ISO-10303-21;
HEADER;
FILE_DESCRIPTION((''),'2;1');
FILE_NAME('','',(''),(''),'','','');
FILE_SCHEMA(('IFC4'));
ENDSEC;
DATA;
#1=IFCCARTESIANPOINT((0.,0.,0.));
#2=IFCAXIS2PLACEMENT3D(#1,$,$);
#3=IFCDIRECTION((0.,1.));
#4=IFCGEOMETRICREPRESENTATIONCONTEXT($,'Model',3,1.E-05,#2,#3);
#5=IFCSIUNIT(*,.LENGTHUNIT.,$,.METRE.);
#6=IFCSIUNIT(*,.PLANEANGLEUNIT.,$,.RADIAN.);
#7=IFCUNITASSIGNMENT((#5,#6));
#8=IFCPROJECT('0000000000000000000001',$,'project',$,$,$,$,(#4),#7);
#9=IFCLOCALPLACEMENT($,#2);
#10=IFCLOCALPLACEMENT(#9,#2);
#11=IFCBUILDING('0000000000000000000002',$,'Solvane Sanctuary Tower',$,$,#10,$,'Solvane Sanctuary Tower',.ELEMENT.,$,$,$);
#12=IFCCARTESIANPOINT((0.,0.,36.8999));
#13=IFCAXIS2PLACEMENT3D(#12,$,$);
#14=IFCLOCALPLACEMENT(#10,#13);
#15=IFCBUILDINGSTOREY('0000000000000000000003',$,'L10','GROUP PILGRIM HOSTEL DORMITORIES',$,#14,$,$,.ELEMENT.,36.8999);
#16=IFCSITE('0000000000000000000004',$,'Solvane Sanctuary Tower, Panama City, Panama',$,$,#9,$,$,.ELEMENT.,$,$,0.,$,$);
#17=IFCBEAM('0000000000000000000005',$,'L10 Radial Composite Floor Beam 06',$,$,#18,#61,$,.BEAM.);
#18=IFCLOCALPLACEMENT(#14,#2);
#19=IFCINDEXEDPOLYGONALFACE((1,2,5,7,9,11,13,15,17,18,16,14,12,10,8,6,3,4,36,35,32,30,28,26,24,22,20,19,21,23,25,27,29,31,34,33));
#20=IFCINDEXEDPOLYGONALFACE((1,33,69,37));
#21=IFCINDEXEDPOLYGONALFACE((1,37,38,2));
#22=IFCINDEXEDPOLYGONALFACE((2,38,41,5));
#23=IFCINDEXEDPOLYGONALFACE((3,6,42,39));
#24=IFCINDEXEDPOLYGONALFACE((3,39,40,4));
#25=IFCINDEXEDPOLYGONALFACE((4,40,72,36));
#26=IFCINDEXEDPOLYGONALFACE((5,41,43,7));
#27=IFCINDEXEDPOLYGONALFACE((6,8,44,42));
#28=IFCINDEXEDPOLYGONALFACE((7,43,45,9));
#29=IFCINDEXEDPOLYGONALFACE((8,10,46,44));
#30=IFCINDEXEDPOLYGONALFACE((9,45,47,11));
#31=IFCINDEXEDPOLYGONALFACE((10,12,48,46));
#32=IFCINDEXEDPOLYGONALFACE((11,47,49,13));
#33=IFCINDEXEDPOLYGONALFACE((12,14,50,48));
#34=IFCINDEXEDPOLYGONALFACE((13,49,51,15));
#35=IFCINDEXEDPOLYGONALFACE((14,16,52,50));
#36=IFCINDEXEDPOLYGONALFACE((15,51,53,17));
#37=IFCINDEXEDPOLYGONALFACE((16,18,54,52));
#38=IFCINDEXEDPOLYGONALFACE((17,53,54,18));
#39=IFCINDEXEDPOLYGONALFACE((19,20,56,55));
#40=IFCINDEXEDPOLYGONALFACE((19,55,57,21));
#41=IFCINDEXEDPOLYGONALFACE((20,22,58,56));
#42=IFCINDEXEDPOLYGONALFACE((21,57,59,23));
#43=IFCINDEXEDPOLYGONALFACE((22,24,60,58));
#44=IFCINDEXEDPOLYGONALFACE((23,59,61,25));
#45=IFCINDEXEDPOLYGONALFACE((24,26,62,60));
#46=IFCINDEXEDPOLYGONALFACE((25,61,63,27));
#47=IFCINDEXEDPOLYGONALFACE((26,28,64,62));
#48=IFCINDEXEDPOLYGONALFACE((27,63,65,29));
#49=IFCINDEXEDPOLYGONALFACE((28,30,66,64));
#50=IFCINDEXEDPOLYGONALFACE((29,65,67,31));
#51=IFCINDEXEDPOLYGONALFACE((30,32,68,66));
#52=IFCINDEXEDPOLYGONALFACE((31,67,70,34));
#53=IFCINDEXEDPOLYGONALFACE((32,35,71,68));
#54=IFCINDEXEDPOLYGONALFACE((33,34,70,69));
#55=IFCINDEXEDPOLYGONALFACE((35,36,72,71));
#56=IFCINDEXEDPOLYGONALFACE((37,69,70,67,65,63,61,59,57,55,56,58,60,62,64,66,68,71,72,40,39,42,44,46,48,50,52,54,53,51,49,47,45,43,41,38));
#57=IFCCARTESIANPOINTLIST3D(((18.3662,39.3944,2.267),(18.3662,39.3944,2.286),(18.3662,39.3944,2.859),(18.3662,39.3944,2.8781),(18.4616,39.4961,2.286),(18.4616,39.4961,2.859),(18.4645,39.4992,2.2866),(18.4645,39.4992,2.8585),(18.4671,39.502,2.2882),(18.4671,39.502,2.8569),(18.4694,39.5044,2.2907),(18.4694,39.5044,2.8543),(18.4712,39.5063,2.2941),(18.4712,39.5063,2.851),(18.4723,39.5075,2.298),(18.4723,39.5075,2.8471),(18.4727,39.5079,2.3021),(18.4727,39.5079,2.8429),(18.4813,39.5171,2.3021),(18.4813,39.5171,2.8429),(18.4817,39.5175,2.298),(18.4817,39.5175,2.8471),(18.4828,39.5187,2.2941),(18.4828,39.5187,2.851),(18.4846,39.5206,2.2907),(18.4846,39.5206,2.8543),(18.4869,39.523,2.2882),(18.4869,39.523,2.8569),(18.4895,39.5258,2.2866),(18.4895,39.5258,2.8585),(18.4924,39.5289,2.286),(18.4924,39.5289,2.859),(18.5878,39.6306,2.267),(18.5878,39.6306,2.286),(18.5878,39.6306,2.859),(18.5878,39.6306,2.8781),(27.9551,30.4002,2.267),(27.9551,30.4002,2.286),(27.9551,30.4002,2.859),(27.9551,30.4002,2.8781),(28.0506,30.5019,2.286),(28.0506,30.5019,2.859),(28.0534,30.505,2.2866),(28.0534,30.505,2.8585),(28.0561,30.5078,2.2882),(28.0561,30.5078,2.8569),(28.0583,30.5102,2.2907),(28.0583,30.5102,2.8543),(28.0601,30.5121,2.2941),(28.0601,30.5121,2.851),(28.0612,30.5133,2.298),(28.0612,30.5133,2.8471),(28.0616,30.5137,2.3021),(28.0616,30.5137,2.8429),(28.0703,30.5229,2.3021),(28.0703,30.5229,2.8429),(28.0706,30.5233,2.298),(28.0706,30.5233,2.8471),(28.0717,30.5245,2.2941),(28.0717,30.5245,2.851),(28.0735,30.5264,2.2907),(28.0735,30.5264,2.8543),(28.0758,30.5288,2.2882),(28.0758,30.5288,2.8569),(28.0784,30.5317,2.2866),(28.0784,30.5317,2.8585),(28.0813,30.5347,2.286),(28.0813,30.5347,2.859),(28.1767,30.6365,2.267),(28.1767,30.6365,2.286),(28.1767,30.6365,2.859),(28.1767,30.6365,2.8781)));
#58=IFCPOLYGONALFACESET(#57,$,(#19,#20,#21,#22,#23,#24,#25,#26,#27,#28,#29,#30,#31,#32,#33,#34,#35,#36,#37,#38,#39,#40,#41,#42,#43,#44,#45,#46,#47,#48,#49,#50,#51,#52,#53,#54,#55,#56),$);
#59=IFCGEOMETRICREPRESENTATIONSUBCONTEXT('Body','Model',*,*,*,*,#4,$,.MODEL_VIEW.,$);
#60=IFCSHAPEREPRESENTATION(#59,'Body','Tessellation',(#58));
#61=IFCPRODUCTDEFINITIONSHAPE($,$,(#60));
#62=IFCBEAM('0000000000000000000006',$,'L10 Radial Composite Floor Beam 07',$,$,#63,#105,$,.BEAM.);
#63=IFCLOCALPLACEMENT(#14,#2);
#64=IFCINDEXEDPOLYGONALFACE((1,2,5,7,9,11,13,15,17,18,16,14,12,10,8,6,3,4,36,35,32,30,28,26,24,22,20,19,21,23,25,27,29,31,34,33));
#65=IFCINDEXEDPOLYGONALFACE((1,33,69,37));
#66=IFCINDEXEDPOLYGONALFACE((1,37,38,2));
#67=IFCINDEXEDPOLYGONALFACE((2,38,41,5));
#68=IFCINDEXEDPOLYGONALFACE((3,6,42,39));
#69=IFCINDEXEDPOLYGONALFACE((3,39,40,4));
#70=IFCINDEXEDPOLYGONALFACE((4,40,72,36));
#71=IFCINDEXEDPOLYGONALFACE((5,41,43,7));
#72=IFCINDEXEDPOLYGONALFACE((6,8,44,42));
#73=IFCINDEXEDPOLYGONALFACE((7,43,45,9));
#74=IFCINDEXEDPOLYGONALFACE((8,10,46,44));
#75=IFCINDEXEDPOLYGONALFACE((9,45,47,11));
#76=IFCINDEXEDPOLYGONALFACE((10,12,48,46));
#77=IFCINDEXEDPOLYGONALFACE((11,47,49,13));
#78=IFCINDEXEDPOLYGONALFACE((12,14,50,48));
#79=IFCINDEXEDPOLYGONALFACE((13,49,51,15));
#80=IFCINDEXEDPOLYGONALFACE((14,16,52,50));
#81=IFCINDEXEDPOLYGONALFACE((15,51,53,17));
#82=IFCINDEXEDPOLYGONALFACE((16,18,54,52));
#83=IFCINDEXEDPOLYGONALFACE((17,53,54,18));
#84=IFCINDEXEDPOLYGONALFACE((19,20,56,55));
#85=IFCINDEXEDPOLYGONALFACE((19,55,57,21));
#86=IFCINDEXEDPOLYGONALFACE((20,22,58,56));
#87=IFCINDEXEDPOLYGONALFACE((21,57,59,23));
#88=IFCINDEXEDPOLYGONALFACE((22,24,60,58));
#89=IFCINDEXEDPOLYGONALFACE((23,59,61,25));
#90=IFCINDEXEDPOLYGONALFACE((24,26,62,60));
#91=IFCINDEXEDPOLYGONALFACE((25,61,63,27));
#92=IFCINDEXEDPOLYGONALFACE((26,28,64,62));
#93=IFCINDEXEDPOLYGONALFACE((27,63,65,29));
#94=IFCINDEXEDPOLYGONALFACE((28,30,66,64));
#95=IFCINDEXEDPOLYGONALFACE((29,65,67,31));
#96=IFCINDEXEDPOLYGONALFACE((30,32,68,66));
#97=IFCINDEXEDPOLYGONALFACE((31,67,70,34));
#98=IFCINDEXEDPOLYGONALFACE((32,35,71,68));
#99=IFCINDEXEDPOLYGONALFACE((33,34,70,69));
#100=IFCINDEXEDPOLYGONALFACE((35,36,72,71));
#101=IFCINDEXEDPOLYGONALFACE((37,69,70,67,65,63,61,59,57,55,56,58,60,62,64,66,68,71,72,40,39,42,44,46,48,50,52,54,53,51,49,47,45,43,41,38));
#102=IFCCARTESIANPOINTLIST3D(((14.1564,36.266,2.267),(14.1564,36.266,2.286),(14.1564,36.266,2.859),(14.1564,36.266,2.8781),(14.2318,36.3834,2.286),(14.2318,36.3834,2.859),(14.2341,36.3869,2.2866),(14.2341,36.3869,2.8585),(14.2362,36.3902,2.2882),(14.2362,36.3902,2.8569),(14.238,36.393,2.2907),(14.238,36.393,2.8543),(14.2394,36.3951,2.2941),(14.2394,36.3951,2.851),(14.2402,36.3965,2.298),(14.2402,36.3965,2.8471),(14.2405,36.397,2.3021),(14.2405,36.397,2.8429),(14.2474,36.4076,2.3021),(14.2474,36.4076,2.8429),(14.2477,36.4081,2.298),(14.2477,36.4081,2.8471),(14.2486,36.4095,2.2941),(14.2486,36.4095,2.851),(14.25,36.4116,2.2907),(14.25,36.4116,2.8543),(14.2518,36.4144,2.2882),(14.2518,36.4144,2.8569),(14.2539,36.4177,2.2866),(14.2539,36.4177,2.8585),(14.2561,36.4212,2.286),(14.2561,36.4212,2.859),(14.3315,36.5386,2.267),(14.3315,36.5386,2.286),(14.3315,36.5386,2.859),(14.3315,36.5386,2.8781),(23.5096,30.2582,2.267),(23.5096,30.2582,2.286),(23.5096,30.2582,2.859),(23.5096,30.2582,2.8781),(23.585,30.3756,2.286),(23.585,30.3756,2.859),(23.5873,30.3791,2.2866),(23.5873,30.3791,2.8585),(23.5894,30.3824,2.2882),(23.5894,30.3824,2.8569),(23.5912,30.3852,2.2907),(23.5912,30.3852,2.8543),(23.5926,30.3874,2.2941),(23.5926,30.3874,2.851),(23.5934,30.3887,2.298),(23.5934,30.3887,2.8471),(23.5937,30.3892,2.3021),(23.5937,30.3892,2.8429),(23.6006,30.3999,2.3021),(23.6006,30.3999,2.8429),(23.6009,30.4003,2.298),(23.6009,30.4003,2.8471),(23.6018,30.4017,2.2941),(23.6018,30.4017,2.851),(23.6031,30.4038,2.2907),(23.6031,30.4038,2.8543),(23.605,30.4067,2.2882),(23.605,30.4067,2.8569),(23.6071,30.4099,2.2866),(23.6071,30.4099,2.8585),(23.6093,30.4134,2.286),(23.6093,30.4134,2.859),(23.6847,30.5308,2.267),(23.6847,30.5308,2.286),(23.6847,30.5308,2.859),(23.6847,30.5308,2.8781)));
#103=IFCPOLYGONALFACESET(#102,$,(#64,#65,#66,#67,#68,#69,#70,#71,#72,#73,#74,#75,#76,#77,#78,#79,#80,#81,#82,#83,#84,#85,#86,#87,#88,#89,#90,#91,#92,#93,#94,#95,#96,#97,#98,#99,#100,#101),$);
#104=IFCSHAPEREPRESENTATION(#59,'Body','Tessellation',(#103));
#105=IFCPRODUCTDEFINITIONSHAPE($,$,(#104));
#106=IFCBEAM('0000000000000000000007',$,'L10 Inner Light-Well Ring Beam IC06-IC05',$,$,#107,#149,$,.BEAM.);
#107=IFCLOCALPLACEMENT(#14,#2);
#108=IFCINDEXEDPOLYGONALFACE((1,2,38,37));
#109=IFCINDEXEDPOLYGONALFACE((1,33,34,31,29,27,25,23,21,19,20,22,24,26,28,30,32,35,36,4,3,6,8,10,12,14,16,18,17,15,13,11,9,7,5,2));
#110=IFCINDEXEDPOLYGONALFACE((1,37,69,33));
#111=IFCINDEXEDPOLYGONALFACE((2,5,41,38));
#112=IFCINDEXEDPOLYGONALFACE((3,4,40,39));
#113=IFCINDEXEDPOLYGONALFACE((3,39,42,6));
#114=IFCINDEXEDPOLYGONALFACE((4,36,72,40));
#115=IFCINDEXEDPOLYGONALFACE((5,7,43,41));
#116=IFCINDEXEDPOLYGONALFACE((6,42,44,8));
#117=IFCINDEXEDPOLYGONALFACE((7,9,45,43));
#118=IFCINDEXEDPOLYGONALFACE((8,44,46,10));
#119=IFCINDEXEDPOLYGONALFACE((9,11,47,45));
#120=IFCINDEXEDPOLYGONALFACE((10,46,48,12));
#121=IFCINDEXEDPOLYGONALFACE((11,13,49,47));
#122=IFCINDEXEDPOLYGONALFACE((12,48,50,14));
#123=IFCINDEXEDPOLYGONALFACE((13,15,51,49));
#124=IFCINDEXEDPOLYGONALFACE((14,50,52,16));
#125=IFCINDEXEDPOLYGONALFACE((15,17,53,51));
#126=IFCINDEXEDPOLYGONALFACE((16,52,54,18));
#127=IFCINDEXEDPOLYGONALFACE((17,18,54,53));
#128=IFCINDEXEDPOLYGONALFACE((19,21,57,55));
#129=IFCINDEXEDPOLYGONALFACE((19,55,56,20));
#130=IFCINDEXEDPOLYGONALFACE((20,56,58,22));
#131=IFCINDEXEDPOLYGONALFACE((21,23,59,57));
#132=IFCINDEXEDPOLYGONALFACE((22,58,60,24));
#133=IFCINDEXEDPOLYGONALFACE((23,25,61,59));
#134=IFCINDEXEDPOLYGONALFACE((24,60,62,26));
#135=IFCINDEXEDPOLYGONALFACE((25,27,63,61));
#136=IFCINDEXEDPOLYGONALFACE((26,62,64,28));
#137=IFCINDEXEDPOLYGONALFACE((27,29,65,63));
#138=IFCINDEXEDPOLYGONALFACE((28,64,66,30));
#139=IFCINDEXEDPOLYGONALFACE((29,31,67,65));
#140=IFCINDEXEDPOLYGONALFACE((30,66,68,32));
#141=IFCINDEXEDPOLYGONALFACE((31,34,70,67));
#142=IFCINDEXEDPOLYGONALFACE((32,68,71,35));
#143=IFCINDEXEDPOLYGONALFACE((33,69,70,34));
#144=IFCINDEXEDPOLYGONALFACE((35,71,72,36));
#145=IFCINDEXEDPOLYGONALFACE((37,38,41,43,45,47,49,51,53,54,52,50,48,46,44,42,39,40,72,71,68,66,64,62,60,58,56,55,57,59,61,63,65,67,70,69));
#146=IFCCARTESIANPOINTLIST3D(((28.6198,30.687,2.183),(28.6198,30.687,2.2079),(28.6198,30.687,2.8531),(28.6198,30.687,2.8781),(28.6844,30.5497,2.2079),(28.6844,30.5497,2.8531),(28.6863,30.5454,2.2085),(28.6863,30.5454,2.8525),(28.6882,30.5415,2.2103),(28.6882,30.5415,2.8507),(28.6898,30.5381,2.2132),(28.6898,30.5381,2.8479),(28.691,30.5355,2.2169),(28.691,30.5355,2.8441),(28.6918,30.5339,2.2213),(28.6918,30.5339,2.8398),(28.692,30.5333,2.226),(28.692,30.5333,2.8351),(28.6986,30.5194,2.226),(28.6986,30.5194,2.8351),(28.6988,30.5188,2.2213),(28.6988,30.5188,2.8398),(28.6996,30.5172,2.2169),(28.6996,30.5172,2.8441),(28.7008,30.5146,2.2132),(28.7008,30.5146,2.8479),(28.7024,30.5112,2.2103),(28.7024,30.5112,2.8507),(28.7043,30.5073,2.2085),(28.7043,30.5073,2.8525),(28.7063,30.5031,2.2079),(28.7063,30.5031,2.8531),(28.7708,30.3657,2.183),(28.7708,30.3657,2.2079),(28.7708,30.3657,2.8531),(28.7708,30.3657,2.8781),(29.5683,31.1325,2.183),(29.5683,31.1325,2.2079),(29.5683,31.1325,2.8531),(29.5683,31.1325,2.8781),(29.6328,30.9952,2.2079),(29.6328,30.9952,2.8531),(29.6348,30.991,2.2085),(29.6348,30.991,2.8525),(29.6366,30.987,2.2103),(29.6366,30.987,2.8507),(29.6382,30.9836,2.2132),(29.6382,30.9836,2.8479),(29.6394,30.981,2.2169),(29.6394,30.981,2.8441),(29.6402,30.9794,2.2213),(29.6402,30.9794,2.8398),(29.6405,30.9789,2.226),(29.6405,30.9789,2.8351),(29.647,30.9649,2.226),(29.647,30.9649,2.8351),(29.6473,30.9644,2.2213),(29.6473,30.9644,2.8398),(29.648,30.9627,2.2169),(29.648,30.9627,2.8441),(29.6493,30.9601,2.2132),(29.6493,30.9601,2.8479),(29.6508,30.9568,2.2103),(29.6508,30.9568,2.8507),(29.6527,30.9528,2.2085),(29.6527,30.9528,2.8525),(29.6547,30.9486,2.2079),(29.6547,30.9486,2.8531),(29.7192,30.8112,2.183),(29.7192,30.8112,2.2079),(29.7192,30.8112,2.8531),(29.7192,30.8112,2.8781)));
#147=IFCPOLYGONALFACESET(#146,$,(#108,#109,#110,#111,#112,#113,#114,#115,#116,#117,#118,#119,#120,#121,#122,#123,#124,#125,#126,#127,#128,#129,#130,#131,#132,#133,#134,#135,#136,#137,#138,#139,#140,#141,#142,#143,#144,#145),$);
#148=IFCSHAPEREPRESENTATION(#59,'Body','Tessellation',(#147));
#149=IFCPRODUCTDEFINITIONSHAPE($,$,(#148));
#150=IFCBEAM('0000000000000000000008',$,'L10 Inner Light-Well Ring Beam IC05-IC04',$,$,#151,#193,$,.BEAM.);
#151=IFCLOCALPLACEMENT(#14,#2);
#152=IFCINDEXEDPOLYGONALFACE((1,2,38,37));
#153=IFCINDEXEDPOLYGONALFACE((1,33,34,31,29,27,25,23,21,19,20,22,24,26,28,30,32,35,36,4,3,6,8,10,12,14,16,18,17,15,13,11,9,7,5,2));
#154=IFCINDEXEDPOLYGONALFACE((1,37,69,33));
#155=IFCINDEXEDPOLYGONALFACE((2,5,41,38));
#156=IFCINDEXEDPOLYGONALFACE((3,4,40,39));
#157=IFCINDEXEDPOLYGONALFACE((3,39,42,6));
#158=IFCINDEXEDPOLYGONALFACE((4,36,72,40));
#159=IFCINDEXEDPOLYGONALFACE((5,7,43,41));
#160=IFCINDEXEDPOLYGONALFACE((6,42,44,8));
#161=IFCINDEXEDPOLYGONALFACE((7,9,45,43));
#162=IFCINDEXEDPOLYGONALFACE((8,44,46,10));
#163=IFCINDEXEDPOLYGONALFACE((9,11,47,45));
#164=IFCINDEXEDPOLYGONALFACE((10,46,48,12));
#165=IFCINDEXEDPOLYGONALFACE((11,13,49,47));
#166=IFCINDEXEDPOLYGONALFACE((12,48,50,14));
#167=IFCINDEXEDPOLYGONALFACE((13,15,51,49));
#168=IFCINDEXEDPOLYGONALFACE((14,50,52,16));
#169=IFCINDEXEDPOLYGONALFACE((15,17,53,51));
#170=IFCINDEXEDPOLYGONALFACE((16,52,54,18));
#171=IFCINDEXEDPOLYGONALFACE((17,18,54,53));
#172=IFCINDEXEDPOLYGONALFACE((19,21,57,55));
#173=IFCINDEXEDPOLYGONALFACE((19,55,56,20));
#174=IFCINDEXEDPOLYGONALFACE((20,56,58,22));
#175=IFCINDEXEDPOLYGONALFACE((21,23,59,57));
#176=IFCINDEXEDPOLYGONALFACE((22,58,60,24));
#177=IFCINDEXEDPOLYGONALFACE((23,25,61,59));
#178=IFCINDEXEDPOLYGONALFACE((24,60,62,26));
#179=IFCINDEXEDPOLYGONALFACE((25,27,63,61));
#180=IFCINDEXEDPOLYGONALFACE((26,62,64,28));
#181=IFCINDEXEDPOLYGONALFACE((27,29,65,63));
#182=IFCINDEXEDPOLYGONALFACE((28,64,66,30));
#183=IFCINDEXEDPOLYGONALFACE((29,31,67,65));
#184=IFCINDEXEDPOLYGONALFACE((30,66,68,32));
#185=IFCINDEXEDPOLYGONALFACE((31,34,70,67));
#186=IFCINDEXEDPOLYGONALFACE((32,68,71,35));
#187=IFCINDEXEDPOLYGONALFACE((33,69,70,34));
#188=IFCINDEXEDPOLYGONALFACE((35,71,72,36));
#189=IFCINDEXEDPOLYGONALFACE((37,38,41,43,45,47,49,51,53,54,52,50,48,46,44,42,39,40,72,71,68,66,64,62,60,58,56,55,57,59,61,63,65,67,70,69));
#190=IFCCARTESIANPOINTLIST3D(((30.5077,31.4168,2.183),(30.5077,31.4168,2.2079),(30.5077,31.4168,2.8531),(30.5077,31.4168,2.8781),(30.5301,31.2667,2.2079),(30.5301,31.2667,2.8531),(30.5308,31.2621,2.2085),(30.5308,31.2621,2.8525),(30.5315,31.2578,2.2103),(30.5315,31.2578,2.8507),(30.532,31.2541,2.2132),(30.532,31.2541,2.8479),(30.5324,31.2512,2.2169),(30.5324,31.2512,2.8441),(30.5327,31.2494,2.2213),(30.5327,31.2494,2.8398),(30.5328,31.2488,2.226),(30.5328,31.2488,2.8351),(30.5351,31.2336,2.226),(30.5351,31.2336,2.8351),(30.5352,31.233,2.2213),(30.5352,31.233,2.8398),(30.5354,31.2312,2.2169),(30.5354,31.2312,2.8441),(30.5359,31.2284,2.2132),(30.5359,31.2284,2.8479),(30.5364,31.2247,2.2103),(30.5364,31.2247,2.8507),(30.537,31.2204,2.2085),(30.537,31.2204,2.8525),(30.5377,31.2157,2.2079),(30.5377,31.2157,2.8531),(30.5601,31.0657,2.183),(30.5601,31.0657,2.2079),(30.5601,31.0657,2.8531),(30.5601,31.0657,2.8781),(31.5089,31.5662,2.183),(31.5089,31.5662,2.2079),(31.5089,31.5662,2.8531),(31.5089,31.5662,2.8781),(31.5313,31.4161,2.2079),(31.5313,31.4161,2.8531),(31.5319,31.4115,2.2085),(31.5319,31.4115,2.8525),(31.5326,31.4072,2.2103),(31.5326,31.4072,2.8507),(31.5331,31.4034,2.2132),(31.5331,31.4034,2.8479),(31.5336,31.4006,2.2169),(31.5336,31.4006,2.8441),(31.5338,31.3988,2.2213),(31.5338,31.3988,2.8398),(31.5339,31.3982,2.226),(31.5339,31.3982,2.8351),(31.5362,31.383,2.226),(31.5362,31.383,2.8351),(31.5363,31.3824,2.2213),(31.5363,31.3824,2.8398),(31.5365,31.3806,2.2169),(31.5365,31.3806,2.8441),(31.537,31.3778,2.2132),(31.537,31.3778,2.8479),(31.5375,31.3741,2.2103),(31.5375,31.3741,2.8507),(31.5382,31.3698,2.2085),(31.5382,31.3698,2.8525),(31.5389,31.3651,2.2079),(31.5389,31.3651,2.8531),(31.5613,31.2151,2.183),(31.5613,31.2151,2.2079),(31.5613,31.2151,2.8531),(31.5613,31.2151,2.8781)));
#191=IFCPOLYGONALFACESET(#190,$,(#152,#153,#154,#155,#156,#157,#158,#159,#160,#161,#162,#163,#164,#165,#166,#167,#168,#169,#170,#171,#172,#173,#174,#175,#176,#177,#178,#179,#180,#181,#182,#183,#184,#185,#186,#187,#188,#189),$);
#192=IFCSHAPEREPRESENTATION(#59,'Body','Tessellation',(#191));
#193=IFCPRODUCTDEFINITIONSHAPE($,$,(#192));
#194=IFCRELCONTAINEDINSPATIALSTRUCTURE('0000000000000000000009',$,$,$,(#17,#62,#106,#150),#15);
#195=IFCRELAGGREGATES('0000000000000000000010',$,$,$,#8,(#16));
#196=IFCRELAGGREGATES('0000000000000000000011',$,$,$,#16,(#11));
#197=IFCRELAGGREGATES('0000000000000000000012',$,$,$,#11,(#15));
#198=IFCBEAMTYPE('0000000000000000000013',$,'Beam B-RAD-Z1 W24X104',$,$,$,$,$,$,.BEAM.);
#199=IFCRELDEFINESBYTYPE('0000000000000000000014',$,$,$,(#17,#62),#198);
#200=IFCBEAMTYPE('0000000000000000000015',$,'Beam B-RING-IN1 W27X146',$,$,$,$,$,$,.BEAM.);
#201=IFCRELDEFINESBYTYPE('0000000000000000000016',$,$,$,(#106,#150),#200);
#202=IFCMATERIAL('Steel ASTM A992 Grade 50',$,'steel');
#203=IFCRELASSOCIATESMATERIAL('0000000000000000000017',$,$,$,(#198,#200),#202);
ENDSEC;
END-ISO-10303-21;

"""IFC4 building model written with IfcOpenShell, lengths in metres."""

from ifc_helpers import new_model, si_unit, direction, frame, origin, origin_2d, place, context, subcontext, project, spatial, i_section, extrude, material, material_profile, profile_set, type_object, element, save


model = new_model("IFC4")

# Units and contexts
model_context = context("Model", 3, precision=1e-05, world=origin(), true_north=direction((0.0, 1.0)))
body_context = subcontext(model_context, "Body", "Model", "MODEL_VIEW")
ifc_project = project(units=[si_unit("LENGTHUNIT", "METRE"), si_unit("PLANEANGLEUNIT", "RADIAN")], contexts=[model_context])

# Site, building, storey
site_placement = place(None, origin())
site = spatial("IfcSite", under=ifc_project, at=site_placement, Name="Solvane Sanctuary Tower, Panama City, Panama", CompositionType="ELEMENT", RefElevation=0.0)
building_placement = place(site_placement, origin())
building = spatial("IfcBuilding", under=site, at=building_placement, Name="Solvane Sanctuary Tower", LongName="Solvane Sanctuary Tower", CompositionType="ELEMENT")
storey_placement = place(building_placement, frame((0.0, 0.0, 36.8999)))
storey = spatial("IfcBuildingStorey", under=building, at=storey_placement, Name="L10", Description="GROUP PILGRIM HOSTEL DORMITORIES", CompositionType="ELEMENT", Elevation=36.8999)

# Beams
ifc_material_1 = material(Name="Steel ASTM A992 Grade 50", Category="steel")
ifc_material_profile_1 = material_profile(ifc_material_1, i_section(OverallWidth=0.324, OverallDepth=0.6111, WebThickness=0.0127, FlangeThickness=0.019, FilletRadius=0.0161, at=origin_2d()), Name="W24X104")
ifc_profile_set_1 = profile_set([ifc_material_profile_1], Name="Steel ASTM A992 Grade 50")
beam_type_1 = type_object("IfcBeamType", Name="Beam B-RAD-Z1 W24X104", PredefinedType="BEAM", material=ifc_profile_set_1)
beam_1_placement = place(storey_placement, frame((28.0659, 30.5183, 2.5725), z_axis=(-0.729363, 0.684126, 0.0), x_axis=(-0.684126, -0.729363, 0.0)))
element("IfcBeam", 1, at=beam_1_placement, inside=storey, type_object=beam_type_1, Name="L10 Radial Composite Floor Beam 06", PredefinedType="BEAM", context=body_context, shape_type="SweptSolid", body=[
    extrude(i_section(OverallWidth=0.324, OverallDepth=0.6111, WebThickness=0.0127, FlangeThickness=0.019, FilletRadius=0.0161, at=origin_2d()), origin(), (0.0, 0.0, 1.0), 13.147),
])
beam_2_placement = place(storey_placement, frame((23.5972, 30.3945, 2.5725), z_axis=(-0.841383, 0.540439, 0.0), x_axis=(-0.540439, -0.841383, 0.0)))
element("IfcBeam", 2, at=beam_2_placement, inside=storey, type_object=beam_type_1, Name="L10 Radial Composite Floor Beam 07", PredefinedType="BEAM", context=body_context, shape_type="SweptSolid", body=[
    extrude(i_section(OverallWidth=0.324, OverallDepth=0.6111, WebThickness=0.0127, FlangeThickness=0.019, FilletRadius=0.0161, at=origin_2d()), origin(), (0.0, 0.0, 1.0), 11.1165),
])
ifc_material_profile_2 = material_profile(ifc_material_1, i_section(OverallWidth=0.355, OverallDepth=0.6951, WebThickness=0.0154, FlangeThickness=0.0249, FilletRadius=0.0181, at=origin_2d()), Name="W27X146")
ifc_profile_set_2 = profile_set([ifc_material_profile_2], Name="Steel ASTM A992 Grade 50")
beam_type_2 = type_object("IfcBeamType", Name="Beam B-RING-IN1 W27X146", PredefinedType="BEAM", material=ifc_profile_set_2)
beam_3_placement = place(storey_placement, frame((28.6953, 30.5264, 2.5305), z_axis=(0.905109, 0.42518, 0.0), x_axis=(-0.42518, 0.905109, 0.0)))
element("IfcBeam", 3, at=beam_3_placement, inside=storey, type_object=beam_type_2, Name="L10 Inner Light-Well Ring Beam IC06-IC05", PredefinedType="BEAM", context=body_context, shape_type="SweptSolid", body=[
    extrude(i_section(OverallWidth=0.355, OverallDepth=0.6951, WebThickness=0.0154, FlangeThickness=0.0249, FilletRadius=0.0181, at=origin_2d()), origin(), (0.0, 0.0, 1.0), 1.0479),
])
beam_4_placement = place(storey_placement, frame((30.5339, 31.2412, 2.5305), z_axis=(0.989048, 0.147597, 0.0), x_axis=(-0.147597, 0.989048, 0.0)))
element("IfcBeam", 4, at=beam_4_placement, inside=storey, type_object=beam_type_2, Name="L10 Inner Light-Well Ring Beam IC05-IC04", PredefinedType="BEAM", context=body_context, shape_type="SweptSolid", body=[
    extrude(i_section(OverallWidth=0.355, OverallDepth=0.6951, WebThickness=0.0154, FlangeThickness=0.0249, FilletRadius=0.0181, at=origin_2d()), origin(), (0.0, 0.0, 1.0), 1.0122),
])

save(model, "model.ifc")
